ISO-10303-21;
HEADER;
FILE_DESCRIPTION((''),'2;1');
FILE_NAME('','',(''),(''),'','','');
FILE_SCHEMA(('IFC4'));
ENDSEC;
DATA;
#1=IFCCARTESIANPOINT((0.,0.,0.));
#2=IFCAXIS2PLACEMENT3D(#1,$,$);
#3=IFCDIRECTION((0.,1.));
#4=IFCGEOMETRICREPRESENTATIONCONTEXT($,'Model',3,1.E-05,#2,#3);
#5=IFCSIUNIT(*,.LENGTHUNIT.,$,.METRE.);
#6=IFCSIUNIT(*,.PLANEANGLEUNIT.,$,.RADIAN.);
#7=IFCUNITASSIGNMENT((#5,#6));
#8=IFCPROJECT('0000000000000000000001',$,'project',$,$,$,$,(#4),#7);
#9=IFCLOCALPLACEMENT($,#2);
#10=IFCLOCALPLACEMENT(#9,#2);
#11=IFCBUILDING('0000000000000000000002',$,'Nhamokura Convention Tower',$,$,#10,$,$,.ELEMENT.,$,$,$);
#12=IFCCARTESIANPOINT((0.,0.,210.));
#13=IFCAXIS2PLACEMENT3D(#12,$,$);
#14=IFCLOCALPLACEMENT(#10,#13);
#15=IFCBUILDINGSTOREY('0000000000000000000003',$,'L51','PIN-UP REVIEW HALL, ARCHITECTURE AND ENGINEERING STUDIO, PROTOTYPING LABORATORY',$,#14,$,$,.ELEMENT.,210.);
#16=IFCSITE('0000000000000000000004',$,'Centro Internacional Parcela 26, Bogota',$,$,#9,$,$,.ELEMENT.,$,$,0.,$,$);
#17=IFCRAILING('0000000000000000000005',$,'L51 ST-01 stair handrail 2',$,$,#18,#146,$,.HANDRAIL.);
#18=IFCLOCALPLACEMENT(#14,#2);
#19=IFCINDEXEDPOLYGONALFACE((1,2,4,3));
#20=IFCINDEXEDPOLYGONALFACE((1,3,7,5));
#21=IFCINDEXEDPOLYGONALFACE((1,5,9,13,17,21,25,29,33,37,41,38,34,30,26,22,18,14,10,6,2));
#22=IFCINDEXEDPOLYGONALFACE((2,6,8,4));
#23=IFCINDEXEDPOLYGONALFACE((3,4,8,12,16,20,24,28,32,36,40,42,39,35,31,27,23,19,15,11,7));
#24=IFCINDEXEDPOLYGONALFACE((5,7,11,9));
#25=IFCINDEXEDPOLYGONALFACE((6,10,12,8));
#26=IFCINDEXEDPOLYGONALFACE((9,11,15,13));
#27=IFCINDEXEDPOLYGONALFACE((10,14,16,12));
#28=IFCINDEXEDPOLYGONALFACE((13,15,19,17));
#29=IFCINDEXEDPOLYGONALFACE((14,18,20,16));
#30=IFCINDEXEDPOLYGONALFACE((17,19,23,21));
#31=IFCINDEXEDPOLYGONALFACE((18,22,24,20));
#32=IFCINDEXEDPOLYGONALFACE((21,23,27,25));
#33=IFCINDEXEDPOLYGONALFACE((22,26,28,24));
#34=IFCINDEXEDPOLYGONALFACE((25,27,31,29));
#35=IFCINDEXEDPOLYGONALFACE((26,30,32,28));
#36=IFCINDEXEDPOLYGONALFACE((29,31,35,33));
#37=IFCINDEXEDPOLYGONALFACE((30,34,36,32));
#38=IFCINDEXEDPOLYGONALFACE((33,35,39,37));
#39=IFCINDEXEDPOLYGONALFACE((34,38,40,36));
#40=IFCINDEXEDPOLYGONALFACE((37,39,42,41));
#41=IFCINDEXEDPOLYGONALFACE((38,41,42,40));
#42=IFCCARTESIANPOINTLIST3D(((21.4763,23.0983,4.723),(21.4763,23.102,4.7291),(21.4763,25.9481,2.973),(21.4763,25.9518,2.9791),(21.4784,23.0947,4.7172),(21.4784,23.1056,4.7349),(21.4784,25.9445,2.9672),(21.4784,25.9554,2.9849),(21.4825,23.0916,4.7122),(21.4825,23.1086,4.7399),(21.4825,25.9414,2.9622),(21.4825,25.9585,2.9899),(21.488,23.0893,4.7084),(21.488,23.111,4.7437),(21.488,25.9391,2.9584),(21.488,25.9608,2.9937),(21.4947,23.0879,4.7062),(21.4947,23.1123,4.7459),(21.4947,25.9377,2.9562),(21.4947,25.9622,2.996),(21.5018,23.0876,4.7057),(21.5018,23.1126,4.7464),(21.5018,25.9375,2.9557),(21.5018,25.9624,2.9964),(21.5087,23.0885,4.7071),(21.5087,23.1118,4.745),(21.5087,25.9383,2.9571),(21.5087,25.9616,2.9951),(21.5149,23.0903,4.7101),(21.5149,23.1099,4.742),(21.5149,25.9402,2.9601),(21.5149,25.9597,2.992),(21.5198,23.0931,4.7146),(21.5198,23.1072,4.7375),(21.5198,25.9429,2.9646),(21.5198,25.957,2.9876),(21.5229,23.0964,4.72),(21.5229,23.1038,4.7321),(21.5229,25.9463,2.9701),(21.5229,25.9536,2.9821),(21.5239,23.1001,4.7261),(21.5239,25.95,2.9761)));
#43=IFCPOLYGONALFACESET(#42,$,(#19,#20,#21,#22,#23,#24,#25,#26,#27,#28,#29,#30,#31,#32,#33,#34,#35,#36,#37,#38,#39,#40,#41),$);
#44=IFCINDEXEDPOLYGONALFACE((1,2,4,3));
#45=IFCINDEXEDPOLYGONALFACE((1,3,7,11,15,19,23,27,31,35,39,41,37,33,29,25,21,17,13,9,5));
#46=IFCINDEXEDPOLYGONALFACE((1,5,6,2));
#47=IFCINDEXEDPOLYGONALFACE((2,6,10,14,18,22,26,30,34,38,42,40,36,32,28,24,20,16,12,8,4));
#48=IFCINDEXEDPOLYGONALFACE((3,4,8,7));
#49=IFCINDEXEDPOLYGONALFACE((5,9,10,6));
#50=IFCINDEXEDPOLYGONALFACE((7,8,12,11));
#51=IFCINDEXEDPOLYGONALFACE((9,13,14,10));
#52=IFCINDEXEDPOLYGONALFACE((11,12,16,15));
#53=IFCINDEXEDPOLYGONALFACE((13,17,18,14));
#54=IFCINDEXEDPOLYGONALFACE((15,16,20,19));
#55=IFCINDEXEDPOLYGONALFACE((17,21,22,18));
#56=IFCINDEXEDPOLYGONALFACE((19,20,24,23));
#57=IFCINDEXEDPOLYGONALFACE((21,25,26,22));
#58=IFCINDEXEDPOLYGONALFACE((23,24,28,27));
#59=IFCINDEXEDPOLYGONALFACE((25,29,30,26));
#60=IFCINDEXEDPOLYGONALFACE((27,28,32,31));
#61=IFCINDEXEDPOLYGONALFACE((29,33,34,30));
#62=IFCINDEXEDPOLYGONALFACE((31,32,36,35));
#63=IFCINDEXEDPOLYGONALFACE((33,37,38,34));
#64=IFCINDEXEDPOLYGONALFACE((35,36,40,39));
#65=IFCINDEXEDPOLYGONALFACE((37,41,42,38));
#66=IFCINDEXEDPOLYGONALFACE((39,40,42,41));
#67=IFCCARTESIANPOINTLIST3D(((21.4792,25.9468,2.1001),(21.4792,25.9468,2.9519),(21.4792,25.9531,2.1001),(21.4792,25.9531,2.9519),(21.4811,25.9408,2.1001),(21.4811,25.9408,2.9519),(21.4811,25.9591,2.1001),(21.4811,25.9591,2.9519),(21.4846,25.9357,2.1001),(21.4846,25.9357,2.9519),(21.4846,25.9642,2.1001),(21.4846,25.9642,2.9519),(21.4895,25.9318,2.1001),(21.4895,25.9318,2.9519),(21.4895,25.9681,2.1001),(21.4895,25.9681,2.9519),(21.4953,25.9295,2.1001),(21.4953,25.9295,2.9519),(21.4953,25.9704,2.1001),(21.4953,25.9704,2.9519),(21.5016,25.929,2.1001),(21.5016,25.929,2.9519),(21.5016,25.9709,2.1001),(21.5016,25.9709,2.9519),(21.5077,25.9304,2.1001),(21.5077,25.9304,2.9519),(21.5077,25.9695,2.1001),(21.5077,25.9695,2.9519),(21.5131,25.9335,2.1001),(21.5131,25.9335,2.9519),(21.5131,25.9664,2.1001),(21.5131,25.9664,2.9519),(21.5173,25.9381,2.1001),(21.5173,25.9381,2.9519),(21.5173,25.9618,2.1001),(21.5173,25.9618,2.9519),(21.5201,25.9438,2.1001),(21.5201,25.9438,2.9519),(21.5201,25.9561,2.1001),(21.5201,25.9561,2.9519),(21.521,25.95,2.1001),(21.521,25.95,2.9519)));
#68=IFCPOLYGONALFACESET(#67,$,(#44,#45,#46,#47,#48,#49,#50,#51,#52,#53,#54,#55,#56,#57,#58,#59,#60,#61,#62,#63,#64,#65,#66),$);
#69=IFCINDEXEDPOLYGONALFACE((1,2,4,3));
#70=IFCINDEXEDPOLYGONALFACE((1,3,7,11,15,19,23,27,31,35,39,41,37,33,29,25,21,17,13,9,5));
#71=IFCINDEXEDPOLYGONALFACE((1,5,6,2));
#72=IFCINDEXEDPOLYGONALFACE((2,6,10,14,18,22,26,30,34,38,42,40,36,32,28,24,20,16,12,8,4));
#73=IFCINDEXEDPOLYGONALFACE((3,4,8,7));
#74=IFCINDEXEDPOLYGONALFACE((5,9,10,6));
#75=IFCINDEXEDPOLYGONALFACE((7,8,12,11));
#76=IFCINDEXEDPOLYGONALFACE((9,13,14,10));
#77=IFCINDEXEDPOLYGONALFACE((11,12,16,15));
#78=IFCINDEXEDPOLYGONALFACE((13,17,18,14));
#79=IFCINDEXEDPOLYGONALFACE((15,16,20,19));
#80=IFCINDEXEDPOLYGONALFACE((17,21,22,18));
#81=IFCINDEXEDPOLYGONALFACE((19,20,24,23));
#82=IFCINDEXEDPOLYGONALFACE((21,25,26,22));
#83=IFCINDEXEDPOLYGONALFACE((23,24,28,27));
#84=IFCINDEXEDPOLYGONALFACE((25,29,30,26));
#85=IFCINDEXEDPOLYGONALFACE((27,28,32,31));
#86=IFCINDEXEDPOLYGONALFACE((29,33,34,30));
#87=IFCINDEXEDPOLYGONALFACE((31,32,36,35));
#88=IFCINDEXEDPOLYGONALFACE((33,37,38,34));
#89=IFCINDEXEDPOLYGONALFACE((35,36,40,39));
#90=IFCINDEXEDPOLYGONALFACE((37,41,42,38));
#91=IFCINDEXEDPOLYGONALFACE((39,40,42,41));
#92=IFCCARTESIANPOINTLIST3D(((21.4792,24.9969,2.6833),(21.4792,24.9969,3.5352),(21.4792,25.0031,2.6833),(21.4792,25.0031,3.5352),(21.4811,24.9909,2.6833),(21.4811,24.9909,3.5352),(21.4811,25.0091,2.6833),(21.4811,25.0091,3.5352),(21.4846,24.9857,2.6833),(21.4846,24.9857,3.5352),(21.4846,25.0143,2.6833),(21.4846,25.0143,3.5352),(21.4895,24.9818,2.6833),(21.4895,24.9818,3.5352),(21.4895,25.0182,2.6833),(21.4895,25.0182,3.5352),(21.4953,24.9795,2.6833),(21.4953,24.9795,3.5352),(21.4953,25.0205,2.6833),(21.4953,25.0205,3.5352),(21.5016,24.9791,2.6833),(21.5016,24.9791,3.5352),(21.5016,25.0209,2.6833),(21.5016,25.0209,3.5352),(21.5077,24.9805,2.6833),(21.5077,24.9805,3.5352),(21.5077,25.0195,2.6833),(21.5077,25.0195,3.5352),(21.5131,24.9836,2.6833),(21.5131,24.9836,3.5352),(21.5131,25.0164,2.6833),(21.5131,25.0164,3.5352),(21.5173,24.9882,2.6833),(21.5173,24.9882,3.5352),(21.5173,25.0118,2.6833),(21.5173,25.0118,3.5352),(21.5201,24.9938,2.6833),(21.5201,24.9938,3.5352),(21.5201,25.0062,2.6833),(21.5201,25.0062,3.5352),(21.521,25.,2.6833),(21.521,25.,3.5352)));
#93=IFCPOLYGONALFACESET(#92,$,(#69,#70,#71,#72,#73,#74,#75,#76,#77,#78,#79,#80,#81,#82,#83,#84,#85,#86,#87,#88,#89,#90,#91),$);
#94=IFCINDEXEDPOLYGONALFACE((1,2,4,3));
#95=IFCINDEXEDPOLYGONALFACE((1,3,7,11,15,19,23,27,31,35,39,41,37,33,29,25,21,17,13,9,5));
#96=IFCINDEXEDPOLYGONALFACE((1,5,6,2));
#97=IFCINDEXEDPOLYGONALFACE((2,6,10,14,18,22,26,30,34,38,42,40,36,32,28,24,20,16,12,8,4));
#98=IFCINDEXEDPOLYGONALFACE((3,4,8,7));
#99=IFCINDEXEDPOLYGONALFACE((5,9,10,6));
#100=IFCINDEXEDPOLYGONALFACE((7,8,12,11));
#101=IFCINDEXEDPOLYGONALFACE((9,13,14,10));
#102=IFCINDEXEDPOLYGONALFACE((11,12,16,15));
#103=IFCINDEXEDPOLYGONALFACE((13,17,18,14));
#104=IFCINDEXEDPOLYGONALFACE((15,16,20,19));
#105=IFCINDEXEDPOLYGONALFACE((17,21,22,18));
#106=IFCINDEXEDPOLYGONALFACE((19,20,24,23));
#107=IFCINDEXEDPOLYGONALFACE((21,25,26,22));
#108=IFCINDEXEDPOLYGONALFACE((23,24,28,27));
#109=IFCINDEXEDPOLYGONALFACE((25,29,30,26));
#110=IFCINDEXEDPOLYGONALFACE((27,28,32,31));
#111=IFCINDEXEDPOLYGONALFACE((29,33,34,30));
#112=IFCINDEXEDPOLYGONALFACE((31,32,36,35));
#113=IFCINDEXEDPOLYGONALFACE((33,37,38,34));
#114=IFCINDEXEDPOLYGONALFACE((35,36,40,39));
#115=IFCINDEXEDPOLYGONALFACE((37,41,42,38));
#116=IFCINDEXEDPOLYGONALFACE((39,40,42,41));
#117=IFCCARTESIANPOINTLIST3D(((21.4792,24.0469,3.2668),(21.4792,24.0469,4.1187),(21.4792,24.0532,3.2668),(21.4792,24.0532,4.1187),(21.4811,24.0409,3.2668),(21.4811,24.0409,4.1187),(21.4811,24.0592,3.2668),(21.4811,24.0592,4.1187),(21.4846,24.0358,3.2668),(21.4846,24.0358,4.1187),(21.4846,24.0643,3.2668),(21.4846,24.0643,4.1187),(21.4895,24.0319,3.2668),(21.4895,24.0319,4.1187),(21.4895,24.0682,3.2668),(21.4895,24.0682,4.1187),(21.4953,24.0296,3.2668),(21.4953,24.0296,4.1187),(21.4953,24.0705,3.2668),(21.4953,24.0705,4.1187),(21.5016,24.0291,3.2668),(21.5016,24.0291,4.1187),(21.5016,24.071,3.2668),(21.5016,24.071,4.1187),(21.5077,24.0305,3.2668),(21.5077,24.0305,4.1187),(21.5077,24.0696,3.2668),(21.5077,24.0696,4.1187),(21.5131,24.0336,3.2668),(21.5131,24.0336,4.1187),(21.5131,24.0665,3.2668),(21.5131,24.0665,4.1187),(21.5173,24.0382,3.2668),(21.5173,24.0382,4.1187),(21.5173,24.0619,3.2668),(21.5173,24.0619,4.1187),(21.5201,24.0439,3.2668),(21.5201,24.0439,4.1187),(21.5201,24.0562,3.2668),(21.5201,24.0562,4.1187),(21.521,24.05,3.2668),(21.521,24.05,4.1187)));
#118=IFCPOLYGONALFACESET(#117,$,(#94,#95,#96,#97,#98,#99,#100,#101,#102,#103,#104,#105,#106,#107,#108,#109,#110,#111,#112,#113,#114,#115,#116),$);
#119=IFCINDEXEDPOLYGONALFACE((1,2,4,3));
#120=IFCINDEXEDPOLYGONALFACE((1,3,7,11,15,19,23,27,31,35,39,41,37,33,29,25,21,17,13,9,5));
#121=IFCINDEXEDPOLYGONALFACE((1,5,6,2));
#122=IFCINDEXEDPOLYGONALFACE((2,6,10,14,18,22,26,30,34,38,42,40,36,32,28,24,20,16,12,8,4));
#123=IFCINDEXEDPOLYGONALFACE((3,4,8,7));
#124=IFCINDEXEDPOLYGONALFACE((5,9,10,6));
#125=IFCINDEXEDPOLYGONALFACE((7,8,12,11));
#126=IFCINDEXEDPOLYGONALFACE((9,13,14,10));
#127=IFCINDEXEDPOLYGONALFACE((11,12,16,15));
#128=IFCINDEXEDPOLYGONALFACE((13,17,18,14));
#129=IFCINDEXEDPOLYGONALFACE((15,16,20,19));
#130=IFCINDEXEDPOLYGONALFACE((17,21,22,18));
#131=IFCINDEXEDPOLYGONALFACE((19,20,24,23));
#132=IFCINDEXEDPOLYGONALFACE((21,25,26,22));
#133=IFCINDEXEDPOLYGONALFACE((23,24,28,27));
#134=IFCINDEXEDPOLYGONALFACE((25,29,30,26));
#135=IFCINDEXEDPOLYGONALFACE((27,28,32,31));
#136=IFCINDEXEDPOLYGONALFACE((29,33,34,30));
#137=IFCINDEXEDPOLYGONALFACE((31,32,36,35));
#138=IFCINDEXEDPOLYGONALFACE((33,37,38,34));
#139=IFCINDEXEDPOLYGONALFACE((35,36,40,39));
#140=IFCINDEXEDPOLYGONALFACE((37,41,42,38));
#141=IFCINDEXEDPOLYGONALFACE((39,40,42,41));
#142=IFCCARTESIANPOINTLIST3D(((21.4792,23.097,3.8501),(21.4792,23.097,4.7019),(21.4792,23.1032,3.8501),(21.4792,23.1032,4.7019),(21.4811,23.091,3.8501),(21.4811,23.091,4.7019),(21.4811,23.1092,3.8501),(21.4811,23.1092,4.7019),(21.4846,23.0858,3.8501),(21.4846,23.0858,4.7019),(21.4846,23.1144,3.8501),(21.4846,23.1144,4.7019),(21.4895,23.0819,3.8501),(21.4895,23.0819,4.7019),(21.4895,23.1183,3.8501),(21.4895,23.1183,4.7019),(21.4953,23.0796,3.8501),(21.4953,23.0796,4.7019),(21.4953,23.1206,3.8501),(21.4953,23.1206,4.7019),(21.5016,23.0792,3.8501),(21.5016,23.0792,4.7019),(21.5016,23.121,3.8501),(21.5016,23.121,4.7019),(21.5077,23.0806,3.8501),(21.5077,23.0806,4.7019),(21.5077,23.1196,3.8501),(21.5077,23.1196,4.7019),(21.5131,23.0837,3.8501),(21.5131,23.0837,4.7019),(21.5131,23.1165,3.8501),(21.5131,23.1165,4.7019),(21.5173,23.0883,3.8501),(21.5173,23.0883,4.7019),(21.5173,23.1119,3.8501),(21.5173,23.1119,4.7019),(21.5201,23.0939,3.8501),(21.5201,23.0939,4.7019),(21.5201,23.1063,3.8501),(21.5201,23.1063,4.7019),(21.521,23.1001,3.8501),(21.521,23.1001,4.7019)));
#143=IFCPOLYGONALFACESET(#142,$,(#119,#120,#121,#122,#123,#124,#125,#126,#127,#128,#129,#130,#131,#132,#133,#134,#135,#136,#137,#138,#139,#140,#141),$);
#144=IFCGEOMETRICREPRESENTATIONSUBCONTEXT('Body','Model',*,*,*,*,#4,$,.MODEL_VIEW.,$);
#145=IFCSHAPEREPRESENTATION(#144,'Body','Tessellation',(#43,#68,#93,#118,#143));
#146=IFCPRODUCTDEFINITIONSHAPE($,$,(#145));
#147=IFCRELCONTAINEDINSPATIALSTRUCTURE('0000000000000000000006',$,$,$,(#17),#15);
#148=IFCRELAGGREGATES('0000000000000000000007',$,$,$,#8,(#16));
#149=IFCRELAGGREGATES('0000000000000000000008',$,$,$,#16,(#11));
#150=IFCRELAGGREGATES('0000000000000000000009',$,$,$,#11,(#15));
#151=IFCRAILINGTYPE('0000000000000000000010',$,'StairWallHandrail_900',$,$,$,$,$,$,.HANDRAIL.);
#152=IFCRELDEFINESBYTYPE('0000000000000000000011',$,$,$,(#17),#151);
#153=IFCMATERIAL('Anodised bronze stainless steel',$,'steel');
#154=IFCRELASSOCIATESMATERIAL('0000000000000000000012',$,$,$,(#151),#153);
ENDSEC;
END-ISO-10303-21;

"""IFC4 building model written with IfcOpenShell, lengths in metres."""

from ifc_helpers import new_model, si_unit, direction, frame, origin, origin_2d, place, context, subcontext, project, spatial, circle, extrude, material, type_object, element, save


model = new_model("IFC4")

# Units and contexts
model_context = context("Model", 3, precision=1e-05, world=origin(), true_north=direction((0.0, 1.0)))
body_context = subcontext(model_context, "Body", "Model", "MODEL_VIEW")
ifc_project = project(units=[si_unit("LENGTHUNIT", "METRE"), si_unit("PLANEANGLEUNIT", "RADIAN")], contexts=[model_context])

# Site, building, storey
site_placement = place(None, origin())
site = spatial("IfcSite", under=ifc_project, at=site_placement, Name="Centro Internacional Parcela 26, Bogota", CompositionType="ELEMENT", RefElevation=0.0)
building_placement = place(site_placement, origin())
building = spatial("IfcBuilding", under=site, at=building_placement, Name="Nhamokura Convention Tower", CompositionType="ELEMENT")
storey_placement = place(building_placement, frame((0.0, 0.0, 210.0)))
storey = spatial("IfcBuildingStorey", under=building, at=storey_placement, Name="L51", Description="PIN-UP REVIEW HALL, ARCHITECTURE AND ENGINEERING STUDIO, PROTOTYPING LABORATORY", CompositionType="ELEMENT", Elevation=210.0)

# Railing
ifc_material_1 = material(Name="Anodised bronze stainless steel", Category="steel")
railing_type_1 = type_object("IfcRailingType", Name="StairWallHandrail_900", PredefinedType="HANDRAIL", material=ifc_material_1)
railing_1_placement = place(storey_placement, frame((21.5, 25.95, 2.1001)))
element("IfcRailing", 1, at=railing_1_placement, inside=storey, type_object=railing_type_1, Name="L51 ST-01 stair handrail 2", PredefinedType="HANDRAIL", context=body_context, shape_type="SweptSolid", body=[
    extrude(circle(Radius=0.0239, at=origin_2d()), frame((0.0, 0.0, 0.876), z_axis=(0.0, -0.852159, 0.523283), x_axis=(1.0, 0.0, 0.0)), (0.0, 0.0, 1.0), 3.3442),
    extrude(circle(Radius=0.021, at=origin_2d()), origin(), (0.0, 0.0, 1.0), 0.8518),
    extrude(circle(Radius=0.021, at=origin_2d()), frame((0.0, -0.95, 0.5833)), (0.0, 0.0, 1.0), 0.8518),
    extrude(circle(Radius=0.021, at=origin_2d()), frame((0.0, -1.8999, 1.1667)), (0.0, 0.0, 1.0), 0.8518),
    extrude(circle(Radius=0.021, at=origin_2d()), frame((0.0, -2.8499, 1.75)), (0.0, 0.0, 1.0), 0.8518),
])

save(model, "model.ifc")
